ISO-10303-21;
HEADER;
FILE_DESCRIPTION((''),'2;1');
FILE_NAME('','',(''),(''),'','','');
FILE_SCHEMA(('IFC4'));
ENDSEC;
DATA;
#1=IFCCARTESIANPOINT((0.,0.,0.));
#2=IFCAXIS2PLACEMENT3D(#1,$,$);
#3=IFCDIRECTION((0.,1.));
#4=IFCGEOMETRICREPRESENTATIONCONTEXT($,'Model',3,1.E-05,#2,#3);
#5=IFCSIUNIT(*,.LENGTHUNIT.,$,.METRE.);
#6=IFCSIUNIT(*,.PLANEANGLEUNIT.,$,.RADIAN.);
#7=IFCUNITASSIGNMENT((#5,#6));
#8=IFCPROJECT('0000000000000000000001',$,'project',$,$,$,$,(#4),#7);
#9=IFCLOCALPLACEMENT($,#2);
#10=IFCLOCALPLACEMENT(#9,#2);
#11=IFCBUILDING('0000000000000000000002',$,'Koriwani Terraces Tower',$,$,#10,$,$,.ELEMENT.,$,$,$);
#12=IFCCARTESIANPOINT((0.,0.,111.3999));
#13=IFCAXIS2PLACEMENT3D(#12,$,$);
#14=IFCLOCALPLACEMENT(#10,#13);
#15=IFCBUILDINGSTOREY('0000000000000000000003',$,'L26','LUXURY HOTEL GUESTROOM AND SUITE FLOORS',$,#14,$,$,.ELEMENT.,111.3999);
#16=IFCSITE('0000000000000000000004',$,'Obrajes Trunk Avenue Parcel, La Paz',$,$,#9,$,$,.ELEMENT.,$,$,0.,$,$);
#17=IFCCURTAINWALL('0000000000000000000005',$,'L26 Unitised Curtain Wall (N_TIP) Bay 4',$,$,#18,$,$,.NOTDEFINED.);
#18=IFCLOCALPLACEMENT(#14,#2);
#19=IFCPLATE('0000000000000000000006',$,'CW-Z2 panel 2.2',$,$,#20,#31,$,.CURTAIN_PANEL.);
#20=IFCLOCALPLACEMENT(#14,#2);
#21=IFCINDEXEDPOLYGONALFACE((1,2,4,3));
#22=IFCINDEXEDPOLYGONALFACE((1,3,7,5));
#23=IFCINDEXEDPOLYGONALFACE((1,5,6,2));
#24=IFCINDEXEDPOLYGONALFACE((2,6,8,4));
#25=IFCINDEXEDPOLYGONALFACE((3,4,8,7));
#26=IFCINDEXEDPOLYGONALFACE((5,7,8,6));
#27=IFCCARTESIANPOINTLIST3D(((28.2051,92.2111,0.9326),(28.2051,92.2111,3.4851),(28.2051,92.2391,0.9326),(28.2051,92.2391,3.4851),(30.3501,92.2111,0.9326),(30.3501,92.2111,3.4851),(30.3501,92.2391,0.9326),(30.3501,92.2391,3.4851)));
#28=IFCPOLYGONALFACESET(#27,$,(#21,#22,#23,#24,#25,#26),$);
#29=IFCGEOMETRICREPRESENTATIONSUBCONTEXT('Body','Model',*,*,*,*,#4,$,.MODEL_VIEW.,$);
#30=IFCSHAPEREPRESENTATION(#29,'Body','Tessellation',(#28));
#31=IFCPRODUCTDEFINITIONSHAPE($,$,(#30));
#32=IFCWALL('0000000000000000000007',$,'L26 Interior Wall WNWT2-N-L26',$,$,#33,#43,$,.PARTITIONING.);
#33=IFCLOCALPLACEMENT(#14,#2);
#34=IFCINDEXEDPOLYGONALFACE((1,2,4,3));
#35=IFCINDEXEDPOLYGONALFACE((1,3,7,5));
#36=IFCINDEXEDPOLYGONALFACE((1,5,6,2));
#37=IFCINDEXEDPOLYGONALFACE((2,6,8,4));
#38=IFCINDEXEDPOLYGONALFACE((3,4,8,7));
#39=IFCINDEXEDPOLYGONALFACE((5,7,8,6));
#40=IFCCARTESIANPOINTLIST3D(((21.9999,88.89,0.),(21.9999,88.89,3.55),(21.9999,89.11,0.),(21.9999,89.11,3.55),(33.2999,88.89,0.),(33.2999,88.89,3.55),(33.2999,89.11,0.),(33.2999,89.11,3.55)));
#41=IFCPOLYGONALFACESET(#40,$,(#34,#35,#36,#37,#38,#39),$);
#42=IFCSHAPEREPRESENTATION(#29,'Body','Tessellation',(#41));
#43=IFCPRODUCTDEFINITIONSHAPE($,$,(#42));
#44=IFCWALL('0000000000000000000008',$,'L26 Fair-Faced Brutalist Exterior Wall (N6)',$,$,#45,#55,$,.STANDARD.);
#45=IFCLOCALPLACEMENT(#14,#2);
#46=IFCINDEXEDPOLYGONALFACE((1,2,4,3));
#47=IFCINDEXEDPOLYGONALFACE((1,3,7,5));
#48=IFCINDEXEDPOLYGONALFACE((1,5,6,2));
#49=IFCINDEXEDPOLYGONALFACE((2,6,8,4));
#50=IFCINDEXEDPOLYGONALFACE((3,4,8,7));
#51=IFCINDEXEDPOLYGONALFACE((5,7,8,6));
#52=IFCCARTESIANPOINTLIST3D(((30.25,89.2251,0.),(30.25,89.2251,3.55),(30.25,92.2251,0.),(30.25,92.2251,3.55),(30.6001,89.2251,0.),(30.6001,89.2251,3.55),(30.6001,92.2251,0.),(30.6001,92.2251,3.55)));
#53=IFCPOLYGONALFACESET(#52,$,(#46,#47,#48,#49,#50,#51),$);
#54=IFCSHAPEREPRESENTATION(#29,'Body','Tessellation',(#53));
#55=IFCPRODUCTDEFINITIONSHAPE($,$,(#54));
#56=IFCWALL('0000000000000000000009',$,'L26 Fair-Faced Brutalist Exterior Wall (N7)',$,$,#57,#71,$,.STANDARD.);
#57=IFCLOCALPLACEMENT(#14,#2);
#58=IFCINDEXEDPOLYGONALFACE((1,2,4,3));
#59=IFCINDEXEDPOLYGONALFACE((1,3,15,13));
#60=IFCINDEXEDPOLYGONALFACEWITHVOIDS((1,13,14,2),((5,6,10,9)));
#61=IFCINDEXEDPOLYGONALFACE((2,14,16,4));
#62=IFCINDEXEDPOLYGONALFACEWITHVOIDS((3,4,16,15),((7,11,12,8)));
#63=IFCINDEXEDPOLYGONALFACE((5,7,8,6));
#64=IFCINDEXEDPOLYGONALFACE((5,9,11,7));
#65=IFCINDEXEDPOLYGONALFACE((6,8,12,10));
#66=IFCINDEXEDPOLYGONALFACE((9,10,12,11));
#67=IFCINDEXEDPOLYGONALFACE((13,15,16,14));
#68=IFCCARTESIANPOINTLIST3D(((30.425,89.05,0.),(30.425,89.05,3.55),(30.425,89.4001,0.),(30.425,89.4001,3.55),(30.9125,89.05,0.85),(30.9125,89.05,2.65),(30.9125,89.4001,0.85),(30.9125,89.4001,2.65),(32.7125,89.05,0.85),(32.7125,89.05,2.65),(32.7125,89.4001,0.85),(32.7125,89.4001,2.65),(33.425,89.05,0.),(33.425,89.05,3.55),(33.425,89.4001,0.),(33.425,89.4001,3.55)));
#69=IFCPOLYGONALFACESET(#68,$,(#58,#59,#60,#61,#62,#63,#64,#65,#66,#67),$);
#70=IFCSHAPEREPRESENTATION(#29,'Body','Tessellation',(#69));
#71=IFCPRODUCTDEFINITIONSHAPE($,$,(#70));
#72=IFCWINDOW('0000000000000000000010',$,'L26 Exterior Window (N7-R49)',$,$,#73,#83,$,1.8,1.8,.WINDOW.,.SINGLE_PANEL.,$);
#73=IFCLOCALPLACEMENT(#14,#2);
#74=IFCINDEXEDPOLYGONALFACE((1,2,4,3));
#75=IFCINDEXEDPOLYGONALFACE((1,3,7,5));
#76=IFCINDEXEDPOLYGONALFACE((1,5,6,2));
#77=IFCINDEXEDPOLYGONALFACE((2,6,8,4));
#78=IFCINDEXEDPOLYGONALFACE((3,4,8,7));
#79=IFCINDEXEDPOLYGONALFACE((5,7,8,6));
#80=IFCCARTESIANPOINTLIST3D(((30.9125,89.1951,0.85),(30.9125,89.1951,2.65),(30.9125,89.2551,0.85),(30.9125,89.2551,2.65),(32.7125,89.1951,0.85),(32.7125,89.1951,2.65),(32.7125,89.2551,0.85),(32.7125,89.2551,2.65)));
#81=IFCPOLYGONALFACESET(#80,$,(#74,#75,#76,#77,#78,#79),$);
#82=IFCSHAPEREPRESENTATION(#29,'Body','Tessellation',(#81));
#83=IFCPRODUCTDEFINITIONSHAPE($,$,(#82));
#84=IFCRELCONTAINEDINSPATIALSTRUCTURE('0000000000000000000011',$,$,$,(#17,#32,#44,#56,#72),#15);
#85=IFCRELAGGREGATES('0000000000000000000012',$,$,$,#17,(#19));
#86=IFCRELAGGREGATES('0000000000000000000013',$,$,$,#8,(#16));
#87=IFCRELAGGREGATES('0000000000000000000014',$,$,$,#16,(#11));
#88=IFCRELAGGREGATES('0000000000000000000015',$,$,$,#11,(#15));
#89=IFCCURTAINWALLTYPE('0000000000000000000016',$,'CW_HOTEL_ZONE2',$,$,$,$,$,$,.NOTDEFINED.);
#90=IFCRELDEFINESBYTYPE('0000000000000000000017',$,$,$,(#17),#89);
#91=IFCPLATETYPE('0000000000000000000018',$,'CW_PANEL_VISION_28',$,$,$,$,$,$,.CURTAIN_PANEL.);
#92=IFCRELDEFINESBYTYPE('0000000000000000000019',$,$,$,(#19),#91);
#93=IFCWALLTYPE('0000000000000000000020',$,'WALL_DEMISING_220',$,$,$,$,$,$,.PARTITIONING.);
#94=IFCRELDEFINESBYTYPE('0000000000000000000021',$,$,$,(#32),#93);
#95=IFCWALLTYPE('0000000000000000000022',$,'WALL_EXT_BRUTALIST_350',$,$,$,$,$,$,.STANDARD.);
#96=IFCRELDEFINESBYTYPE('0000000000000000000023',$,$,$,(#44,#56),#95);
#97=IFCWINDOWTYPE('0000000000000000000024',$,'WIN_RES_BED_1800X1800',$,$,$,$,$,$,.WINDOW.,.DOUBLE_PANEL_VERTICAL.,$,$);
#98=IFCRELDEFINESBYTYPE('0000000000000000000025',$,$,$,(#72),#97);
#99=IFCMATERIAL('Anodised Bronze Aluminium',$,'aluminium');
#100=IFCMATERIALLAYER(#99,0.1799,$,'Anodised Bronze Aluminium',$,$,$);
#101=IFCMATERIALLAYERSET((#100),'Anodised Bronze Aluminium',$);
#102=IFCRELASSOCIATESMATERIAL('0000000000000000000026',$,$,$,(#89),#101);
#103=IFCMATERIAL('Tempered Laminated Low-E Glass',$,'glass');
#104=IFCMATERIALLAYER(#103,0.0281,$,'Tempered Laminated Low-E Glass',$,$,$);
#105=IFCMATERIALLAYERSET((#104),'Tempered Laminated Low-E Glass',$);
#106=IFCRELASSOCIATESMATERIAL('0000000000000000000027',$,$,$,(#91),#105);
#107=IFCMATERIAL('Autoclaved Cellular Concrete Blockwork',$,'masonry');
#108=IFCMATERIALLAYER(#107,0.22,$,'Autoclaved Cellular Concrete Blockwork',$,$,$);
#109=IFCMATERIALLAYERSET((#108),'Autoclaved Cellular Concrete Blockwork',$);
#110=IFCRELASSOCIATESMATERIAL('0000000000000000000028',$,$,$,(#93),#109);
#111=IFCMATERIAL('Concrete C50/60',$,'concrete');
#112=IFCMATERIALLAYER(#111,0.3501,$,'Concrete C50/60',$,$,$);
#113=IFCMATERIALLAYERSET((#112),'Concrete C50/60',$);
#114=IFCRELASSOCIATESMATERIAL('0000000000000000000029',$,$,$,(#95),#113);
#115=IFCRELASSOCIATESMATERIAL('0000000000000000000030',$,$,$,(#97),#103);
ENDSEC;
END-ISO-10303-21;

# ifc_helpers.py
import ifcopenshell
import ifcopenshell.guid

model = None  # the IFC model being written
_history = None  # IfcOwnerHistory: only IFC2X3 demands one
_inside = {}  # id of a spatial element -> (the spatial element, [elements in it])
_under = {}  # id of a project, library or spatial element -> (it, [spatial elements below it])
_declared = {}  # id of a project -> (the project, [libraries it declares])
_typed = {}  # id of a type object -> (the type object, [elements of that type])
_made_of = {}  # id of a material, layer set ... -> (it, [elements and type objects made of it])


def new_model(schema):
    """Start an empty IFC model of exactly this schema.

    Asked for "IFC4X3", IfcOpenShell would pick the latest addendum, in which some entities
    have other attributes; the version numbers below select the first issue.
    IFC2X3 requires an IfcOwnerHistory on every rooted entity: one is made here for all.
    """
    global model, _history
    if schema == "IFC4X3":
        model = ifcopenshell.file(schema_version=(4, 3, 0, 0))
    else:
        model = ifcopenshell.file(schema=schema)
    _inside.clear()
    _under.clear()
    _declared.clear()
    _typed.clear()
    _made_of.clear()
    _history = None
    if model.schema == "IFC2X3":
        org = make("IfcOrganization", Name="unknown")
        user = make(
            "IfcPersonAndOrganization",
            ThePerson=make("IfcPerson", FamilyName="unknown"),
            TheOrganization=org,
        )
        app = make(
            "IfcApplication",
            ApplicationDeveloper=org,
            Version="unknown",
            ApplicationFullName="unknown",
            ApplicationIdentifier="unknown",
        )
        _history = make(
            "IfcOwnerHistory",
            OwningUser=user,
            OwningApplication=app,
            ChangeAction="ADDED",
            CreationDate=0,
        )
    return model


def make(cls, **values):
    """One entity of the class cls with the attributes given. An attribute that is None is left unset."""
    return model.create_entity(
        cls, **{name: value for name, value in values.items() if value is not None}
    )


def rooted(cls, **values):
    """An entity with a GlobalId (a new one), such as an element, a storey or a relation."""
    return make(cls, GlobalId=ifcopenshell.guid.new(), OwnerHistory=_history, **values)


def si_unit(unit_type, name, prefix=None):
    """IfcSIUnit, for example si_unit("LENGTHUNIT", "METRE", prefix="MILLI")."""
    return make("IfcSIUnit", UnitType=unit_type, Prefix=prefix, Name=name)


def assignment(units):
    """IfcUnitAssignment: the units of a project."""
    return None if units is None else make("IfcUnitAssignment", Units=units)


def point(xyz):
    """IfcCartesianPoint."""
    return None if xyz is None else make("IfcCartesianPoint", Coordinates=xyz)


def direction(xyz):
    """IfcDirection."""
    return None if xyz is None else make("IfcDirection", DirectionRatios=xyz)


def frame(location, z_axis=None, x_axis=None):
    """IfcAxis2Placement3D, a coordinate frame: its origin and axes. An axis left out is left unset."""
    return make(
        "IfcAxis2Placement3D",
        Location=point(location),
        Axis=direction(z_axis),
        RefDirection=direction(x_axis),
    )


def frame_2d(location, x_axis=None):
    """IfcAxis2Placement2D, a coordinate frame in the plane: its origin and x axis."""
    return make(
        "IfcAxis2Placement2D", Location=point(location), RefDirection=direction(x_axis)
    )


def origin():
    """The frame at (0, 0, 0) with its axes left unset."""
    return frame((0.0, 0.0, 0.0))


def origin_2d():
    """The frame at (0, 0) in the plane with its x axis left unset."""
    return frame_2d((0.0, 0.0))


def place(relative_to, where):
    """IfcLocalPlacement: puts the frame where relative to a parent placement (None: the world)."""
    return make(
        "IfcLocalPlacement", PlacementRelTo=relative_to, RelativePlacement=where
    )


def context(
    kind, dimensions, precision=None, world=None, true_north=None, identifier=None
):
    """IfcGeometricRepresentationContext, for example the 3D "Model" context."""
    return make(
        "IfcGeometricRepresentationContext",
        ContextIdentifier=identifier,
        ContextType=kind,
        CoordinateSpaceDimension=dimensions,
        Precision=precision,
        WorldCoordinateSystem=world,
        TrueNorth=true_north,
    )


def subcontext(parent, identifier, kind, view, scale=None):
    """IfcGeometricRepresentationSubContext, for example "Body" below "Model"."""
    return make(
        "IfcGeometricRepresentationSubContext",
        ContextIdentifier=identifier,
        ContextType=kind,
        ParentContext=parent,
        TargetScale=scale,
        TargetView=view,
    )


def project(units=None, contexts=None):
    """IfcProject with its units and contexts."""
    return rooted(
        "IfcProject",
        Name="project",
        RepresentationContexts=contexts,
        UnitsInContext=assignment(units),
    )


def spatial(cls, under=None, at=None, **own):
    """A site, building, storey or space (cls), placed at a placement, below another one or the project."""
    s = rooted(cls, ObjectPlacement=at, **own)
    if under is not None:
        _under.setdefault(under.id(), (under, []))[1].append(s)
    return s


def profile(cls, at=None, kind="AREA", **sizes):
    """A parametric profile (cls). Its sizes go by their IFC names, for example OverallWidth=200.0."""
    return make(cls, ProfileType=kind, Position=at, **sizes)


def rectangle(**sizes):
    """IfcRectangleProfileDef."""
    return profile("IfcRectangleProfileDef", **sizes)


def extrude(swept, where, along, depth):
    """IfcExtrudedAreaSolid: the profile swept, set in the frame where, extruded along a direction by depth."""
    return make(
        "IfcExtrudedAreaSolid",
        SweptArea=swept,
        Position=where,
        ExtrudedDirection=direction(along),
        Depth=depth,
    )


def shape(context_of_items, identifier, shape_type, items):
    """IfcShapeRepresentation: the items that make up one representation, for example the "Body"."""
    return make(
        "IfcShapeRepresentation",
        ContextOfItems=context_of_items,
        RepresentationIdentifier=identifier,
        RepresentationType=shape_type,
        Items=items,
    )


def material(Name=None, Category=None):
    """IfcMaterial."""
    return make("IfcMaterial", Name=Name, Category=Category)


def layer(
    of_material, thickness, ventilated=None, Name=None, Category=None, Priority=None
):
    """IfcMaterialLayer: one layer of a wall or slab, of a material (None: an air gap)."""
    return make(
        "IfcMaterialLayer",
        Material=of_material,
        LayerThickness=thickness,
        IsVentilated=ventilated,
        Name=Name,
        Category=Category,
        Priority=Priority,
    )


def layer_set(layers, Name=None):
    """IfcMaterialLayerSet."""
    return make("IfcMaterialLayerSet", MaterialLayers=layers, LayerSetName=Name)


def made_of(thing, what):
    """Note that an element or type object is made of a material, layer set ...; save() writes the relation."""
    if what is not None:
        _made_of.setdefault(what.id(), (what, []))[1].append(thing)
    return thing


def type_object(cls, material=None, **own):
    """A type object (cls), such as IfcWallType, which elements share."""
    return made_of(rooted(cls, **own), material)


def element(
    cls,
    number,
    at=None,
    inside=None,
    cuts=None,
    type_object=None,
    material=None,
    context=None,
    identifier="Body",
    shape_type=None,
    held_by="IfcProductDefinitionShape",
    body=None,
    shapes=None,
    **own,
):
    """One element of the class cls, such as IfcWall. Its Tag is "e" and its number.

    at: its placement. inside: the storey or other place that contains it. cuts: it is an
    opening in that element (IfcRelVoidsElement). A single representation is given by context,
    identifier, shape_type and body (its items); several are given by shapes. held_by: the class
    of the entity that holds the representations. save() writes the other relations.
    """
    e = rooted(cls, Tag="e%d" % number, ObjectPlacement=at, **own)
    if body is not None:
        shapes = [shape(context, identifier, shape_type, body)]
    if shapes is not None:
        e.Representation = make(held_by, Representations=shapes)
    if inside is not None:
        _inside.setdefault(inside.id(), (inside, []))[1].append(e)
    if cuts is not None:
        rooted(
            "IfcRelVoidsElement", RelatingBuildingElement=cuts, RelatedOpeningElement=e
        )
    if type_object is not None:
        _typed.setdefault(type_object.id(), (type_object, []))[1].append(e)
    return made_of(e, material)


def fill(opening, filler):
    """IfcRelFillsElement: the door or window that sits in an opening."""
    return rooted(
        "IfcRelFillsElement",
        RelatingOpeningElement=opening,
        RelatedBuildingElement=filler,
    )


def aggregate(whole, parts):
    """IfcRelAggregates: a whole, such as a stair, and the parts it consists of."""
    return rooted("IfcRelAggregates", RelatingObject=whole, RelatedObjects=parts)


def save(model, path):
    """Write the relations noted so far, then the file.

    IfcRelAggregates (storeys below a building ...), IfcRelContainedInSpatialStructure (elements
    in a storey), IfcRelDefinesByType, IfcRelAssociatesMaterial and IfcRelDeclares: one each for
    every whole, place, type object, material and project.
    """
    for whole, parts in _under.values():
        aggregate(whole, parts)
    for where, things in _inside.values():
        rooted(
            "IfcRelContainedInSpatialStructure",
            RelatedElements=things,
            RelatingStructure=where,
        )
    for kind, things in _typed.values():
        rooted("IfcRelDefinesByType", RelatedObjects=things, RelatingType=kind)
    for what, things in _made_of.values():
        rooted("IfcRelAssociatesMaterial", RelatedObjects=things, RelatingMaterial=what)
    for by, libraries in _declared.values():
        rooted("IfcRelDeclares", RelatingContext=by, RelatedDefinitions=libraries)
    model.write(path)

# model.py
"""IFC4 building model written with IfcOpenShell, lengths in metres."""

from ifc_helpers import new_model, si_unit, direction, frame, frame_2d, origin, origin_2d, place, context, subcontext, project, spatial, rectangle, extrude, material, layer, layer_set, type_object, element, fill, aggregate, save


model = new_model("IFC4")

# Units and contexts
model_context = context("Model", 3, precision=1e-05, world=origin(), true_north=direction((0.0, 1.0)))
body_context = subcontext(model_context, "Body", "Model", "MODEL_VIEW")
ifc_project = project(units=[si_unit("LENGTHUNIT", "METRE"), si_unit("PLANEANGLEUNIT", "RADIAN")], contexts=[model_context])

# Site, building, storey
site_placement = place(None, origin())
site = spatial("IfcSite", under=ifc_project, at=site_placement, Name="Obrajes Trunk Avenue Parcel, La Paz", CompositionType="ELEMENT", RefElevation=0.0)
building_placement = place(site_placement, origin())
building = spatial("IfcBuilding", under=site, at=building_placement, Name="Koriwani Terraces Tower", CompositionType="ELEMENT")
storey_placement = place(building_placement, frame((0.0, 0.0, 111.3999)))
storey = spatial("IfcBuildingStorey", under=building, at=storey_placement, Name="L26", Description="LUXURY HOTEL GUESTROOM AND SUITE FLOORS", CompositionType="ELEMENT", Elevation=111.3999)

# Curtain wall
ifc_material_1 = material(Name="Anodised Bronze Aluminium", Category="aluminium")
ifc_layer_1 = layer(ifc_material_1, 0.1799, Name="Anodised Bronze Aluminium")
ifc_layer_set_1 = layer_set([ifc_layer_1], Name="Anodised Bronze Aluminium")
curtain_wall_type = type_object("IfcCurtainWallType", Name="CW_HOTEL_ZONE2", PredefinedType="NOTDEFINED", material=ifc_layer_set_1)
curtain_wall_1_placement = place(storey_placement, origin())
curtain_wall_1 = element("IfcCurtainWall", 1, at=curtain_wall_1_placement, inside=storey, type_object=curtain_wall_type, Name="L26 Unitised Curtain Wall (N_TIP) Bay 4", PredefinedType="NOTDEFINED")

# Plate
ifc_material_2 = material(Name="Tempered Laminated Low-E Glass", Category="glass")
ifc_layer_2 = layer(ifc_material_2, 0.0281, Name="Tempered Laminated Low-E Glass")
ifc_layer_set_2 = layer_set([ifc_layer_2], Name="Tempered Laminated Low-E Glass")
plate_type = type_object("IfcPlateType", Name="CW_PANEL_VISION_28", PredefinedType="CURTAIN_PANEL", material=ifc_layer_set_2)
plate_1_placement = place(storey_placement, frame((29.2776, 92.2251, 0.9326), z_axis=(0.0, 0.0, 1.0), x_axis=(1.0, 0.0, 0.0)))
plate_1 = element("IfcPlate", 2, at=plate_1_placement, type_object=plate_type, Name="CW-Z2 panel 2.2", PredefinedType="CURTAIN_PANEL", context=body_context, shape_type="SweptSolid", body=[
    extrude(rectangle(XDim=2.145, YDim=0.0281, at=origin_2d()), origin(), (0.0, 0.0, 1.0), 2.5525),
])
aggregate(curtain_wall_1, [plate_1])

# Walls
ifc_material_3 = material(Name="Autoclaved Cellular Concrete Blockwork", Category="masonry")
ifc_layer_3 = layer(ifc_material_3, 0.22, Name="Autoclaved Cellular Concrete Blockwork")
ifc_layer_set_3 = layer_set([ifc_layer_3], Name="Autoclaved Cellular Concrete Blockwork")
wall_type_1 = type_object("IfcWallType", Name="WALL_DEMISING_220", PredefinedType="PARTITIONING", material=ifc_layer_set_3)
wall_1_placement = place(storey_placement, frame((22.0, 89.0, 0.0), z_axis=(0.0, 0.0, 1.0), x_axis=(1.0, 0.0, 0.0)))
element("IfcWall", 3, at=wall_1_placement, inside=storey, type_object=wall_type_1, Name="L26 Interior Wall WNWT2-N-L26", PredefinedType="PARTITIONING", context=body_context, shape_type="SweptSolid", body=[
    extrude(rectangle(XDim=11.3, YDim=0.22, at=frame_2d((5.6499, 0.0))), origin(), (0.0, 0.0, 1.0), 3.55),
])
ifc_material_4 = material(Name="Concrete C50/60", Category="concrete")
ifc_layer_4 = layer(ifc_material_4, 0.3501, Name="Concrete C50/60")
ifc_layer_set_4 = layer_set([ifc_layer_4], Name="Concrete C50/60")
wall_type_2 = type_object("IfcWallType", Name="WALL_EXT_BRUTALIST_350", PredefinedType="STANDARD", material=ifc_layer_set_4)
wall_2_placement = place(storey_placement, frame((30.425, 92.2251, 0.0), z_axis=(0.0, 0.0, 1.0), x_axis=(0.0, -1.0, 0.0)))
element("IfcWall", 4, at=wall_2_placement, inside=storey, type_object=wall_type_2, Name="L26 Fair-Faced Brutalist Exterior Wall (N6)", PredefinedType="STANDARD", context=body_context, shape_type="SweptSolid", body=[
    extrude(rectangle(XDim=3.0, YDim=0.3501, at=frame_2d((1.5, 0.0))), origin(), (0.0, 0.0, 1.0), 3.55),
])

# Wall, opening, window
wall_3_placement = place(storey_placement, frame((30.425, 89.2251, 0.0), z_axis=(0.0, 0.0, 1.0), x_axis=(1.0, 0.0, 0.0)))
wall_3 = element("IfcWall", 5, at=wall_3_placement, inside=storey, type_object=wall_type_2, Name="L26 Fair-Faced Brutalist Exterior Wall (N7)", PredefinedType="STANDARD", context=body_context, shape_type="SweptSolid", body=[
    extrude(rectangle(XDim=3.0, YDim=0.3501, at=frame_2d((1.5, 0.0))), origin(), (0.0, 0.0, 1.0), 3.55),
])
opening_1_placement = place(wall_3_placement, frame((0.4875, 0.0, 0.8501)))
opening_1 = element("IfcOpeningElement", 6, at=opening_1_placement, cuts=wall_3, PredefinedType="OPENING", context=body_context, shape_type="SweptSolid", body=[
    extrude(rectangle(XDim=1.8, YDim=1.8, at=frame_2d((0.8999, 0.8999))), frame((0.0, 0.1851, 0.0), z_axis=(0.0, -1.0, 0.0), x_axis=(1.0, 0.0, 0.0)), (0.0, 0.0, 1.0), 0.3701),
])
window_type_1 = type_object("IfcWindowType", Name="WIN_RES_BED_1800X1800", PartitioningType="DOUBLE_PANEL_VERTICAL", PredefinedType="WINDOW", material=ifc_material_2)
window_1_placement = place(opening_1_placement, origin())
window_1 = element("IfcWindow", 7, at=window_1_placement, inside=storey, type_object=window_type_1, Name="L26 Exterior Window (N7-R49)", OverallHeight=1.8, OverallWidth=1.8, PartitioningType="SINGLE_PANEL", PredefinedType="WINDOW", context=body_context, shape_type="SweptSolid", body=[
    extrude(rectangle(XDim=1.8, YDim=1.8, at=frame_2d((0.8999, 0.8999))), frame((0.0, 0.03, 0.0), z_axis=(0.0, -1.0, 0.0), x_axis=(1.0, 0.0, 0.0)), (0.0, 0.0, 1.0), 0.0601),
])
fill(opening_1, window_1)

save(model, "model.ifc")
